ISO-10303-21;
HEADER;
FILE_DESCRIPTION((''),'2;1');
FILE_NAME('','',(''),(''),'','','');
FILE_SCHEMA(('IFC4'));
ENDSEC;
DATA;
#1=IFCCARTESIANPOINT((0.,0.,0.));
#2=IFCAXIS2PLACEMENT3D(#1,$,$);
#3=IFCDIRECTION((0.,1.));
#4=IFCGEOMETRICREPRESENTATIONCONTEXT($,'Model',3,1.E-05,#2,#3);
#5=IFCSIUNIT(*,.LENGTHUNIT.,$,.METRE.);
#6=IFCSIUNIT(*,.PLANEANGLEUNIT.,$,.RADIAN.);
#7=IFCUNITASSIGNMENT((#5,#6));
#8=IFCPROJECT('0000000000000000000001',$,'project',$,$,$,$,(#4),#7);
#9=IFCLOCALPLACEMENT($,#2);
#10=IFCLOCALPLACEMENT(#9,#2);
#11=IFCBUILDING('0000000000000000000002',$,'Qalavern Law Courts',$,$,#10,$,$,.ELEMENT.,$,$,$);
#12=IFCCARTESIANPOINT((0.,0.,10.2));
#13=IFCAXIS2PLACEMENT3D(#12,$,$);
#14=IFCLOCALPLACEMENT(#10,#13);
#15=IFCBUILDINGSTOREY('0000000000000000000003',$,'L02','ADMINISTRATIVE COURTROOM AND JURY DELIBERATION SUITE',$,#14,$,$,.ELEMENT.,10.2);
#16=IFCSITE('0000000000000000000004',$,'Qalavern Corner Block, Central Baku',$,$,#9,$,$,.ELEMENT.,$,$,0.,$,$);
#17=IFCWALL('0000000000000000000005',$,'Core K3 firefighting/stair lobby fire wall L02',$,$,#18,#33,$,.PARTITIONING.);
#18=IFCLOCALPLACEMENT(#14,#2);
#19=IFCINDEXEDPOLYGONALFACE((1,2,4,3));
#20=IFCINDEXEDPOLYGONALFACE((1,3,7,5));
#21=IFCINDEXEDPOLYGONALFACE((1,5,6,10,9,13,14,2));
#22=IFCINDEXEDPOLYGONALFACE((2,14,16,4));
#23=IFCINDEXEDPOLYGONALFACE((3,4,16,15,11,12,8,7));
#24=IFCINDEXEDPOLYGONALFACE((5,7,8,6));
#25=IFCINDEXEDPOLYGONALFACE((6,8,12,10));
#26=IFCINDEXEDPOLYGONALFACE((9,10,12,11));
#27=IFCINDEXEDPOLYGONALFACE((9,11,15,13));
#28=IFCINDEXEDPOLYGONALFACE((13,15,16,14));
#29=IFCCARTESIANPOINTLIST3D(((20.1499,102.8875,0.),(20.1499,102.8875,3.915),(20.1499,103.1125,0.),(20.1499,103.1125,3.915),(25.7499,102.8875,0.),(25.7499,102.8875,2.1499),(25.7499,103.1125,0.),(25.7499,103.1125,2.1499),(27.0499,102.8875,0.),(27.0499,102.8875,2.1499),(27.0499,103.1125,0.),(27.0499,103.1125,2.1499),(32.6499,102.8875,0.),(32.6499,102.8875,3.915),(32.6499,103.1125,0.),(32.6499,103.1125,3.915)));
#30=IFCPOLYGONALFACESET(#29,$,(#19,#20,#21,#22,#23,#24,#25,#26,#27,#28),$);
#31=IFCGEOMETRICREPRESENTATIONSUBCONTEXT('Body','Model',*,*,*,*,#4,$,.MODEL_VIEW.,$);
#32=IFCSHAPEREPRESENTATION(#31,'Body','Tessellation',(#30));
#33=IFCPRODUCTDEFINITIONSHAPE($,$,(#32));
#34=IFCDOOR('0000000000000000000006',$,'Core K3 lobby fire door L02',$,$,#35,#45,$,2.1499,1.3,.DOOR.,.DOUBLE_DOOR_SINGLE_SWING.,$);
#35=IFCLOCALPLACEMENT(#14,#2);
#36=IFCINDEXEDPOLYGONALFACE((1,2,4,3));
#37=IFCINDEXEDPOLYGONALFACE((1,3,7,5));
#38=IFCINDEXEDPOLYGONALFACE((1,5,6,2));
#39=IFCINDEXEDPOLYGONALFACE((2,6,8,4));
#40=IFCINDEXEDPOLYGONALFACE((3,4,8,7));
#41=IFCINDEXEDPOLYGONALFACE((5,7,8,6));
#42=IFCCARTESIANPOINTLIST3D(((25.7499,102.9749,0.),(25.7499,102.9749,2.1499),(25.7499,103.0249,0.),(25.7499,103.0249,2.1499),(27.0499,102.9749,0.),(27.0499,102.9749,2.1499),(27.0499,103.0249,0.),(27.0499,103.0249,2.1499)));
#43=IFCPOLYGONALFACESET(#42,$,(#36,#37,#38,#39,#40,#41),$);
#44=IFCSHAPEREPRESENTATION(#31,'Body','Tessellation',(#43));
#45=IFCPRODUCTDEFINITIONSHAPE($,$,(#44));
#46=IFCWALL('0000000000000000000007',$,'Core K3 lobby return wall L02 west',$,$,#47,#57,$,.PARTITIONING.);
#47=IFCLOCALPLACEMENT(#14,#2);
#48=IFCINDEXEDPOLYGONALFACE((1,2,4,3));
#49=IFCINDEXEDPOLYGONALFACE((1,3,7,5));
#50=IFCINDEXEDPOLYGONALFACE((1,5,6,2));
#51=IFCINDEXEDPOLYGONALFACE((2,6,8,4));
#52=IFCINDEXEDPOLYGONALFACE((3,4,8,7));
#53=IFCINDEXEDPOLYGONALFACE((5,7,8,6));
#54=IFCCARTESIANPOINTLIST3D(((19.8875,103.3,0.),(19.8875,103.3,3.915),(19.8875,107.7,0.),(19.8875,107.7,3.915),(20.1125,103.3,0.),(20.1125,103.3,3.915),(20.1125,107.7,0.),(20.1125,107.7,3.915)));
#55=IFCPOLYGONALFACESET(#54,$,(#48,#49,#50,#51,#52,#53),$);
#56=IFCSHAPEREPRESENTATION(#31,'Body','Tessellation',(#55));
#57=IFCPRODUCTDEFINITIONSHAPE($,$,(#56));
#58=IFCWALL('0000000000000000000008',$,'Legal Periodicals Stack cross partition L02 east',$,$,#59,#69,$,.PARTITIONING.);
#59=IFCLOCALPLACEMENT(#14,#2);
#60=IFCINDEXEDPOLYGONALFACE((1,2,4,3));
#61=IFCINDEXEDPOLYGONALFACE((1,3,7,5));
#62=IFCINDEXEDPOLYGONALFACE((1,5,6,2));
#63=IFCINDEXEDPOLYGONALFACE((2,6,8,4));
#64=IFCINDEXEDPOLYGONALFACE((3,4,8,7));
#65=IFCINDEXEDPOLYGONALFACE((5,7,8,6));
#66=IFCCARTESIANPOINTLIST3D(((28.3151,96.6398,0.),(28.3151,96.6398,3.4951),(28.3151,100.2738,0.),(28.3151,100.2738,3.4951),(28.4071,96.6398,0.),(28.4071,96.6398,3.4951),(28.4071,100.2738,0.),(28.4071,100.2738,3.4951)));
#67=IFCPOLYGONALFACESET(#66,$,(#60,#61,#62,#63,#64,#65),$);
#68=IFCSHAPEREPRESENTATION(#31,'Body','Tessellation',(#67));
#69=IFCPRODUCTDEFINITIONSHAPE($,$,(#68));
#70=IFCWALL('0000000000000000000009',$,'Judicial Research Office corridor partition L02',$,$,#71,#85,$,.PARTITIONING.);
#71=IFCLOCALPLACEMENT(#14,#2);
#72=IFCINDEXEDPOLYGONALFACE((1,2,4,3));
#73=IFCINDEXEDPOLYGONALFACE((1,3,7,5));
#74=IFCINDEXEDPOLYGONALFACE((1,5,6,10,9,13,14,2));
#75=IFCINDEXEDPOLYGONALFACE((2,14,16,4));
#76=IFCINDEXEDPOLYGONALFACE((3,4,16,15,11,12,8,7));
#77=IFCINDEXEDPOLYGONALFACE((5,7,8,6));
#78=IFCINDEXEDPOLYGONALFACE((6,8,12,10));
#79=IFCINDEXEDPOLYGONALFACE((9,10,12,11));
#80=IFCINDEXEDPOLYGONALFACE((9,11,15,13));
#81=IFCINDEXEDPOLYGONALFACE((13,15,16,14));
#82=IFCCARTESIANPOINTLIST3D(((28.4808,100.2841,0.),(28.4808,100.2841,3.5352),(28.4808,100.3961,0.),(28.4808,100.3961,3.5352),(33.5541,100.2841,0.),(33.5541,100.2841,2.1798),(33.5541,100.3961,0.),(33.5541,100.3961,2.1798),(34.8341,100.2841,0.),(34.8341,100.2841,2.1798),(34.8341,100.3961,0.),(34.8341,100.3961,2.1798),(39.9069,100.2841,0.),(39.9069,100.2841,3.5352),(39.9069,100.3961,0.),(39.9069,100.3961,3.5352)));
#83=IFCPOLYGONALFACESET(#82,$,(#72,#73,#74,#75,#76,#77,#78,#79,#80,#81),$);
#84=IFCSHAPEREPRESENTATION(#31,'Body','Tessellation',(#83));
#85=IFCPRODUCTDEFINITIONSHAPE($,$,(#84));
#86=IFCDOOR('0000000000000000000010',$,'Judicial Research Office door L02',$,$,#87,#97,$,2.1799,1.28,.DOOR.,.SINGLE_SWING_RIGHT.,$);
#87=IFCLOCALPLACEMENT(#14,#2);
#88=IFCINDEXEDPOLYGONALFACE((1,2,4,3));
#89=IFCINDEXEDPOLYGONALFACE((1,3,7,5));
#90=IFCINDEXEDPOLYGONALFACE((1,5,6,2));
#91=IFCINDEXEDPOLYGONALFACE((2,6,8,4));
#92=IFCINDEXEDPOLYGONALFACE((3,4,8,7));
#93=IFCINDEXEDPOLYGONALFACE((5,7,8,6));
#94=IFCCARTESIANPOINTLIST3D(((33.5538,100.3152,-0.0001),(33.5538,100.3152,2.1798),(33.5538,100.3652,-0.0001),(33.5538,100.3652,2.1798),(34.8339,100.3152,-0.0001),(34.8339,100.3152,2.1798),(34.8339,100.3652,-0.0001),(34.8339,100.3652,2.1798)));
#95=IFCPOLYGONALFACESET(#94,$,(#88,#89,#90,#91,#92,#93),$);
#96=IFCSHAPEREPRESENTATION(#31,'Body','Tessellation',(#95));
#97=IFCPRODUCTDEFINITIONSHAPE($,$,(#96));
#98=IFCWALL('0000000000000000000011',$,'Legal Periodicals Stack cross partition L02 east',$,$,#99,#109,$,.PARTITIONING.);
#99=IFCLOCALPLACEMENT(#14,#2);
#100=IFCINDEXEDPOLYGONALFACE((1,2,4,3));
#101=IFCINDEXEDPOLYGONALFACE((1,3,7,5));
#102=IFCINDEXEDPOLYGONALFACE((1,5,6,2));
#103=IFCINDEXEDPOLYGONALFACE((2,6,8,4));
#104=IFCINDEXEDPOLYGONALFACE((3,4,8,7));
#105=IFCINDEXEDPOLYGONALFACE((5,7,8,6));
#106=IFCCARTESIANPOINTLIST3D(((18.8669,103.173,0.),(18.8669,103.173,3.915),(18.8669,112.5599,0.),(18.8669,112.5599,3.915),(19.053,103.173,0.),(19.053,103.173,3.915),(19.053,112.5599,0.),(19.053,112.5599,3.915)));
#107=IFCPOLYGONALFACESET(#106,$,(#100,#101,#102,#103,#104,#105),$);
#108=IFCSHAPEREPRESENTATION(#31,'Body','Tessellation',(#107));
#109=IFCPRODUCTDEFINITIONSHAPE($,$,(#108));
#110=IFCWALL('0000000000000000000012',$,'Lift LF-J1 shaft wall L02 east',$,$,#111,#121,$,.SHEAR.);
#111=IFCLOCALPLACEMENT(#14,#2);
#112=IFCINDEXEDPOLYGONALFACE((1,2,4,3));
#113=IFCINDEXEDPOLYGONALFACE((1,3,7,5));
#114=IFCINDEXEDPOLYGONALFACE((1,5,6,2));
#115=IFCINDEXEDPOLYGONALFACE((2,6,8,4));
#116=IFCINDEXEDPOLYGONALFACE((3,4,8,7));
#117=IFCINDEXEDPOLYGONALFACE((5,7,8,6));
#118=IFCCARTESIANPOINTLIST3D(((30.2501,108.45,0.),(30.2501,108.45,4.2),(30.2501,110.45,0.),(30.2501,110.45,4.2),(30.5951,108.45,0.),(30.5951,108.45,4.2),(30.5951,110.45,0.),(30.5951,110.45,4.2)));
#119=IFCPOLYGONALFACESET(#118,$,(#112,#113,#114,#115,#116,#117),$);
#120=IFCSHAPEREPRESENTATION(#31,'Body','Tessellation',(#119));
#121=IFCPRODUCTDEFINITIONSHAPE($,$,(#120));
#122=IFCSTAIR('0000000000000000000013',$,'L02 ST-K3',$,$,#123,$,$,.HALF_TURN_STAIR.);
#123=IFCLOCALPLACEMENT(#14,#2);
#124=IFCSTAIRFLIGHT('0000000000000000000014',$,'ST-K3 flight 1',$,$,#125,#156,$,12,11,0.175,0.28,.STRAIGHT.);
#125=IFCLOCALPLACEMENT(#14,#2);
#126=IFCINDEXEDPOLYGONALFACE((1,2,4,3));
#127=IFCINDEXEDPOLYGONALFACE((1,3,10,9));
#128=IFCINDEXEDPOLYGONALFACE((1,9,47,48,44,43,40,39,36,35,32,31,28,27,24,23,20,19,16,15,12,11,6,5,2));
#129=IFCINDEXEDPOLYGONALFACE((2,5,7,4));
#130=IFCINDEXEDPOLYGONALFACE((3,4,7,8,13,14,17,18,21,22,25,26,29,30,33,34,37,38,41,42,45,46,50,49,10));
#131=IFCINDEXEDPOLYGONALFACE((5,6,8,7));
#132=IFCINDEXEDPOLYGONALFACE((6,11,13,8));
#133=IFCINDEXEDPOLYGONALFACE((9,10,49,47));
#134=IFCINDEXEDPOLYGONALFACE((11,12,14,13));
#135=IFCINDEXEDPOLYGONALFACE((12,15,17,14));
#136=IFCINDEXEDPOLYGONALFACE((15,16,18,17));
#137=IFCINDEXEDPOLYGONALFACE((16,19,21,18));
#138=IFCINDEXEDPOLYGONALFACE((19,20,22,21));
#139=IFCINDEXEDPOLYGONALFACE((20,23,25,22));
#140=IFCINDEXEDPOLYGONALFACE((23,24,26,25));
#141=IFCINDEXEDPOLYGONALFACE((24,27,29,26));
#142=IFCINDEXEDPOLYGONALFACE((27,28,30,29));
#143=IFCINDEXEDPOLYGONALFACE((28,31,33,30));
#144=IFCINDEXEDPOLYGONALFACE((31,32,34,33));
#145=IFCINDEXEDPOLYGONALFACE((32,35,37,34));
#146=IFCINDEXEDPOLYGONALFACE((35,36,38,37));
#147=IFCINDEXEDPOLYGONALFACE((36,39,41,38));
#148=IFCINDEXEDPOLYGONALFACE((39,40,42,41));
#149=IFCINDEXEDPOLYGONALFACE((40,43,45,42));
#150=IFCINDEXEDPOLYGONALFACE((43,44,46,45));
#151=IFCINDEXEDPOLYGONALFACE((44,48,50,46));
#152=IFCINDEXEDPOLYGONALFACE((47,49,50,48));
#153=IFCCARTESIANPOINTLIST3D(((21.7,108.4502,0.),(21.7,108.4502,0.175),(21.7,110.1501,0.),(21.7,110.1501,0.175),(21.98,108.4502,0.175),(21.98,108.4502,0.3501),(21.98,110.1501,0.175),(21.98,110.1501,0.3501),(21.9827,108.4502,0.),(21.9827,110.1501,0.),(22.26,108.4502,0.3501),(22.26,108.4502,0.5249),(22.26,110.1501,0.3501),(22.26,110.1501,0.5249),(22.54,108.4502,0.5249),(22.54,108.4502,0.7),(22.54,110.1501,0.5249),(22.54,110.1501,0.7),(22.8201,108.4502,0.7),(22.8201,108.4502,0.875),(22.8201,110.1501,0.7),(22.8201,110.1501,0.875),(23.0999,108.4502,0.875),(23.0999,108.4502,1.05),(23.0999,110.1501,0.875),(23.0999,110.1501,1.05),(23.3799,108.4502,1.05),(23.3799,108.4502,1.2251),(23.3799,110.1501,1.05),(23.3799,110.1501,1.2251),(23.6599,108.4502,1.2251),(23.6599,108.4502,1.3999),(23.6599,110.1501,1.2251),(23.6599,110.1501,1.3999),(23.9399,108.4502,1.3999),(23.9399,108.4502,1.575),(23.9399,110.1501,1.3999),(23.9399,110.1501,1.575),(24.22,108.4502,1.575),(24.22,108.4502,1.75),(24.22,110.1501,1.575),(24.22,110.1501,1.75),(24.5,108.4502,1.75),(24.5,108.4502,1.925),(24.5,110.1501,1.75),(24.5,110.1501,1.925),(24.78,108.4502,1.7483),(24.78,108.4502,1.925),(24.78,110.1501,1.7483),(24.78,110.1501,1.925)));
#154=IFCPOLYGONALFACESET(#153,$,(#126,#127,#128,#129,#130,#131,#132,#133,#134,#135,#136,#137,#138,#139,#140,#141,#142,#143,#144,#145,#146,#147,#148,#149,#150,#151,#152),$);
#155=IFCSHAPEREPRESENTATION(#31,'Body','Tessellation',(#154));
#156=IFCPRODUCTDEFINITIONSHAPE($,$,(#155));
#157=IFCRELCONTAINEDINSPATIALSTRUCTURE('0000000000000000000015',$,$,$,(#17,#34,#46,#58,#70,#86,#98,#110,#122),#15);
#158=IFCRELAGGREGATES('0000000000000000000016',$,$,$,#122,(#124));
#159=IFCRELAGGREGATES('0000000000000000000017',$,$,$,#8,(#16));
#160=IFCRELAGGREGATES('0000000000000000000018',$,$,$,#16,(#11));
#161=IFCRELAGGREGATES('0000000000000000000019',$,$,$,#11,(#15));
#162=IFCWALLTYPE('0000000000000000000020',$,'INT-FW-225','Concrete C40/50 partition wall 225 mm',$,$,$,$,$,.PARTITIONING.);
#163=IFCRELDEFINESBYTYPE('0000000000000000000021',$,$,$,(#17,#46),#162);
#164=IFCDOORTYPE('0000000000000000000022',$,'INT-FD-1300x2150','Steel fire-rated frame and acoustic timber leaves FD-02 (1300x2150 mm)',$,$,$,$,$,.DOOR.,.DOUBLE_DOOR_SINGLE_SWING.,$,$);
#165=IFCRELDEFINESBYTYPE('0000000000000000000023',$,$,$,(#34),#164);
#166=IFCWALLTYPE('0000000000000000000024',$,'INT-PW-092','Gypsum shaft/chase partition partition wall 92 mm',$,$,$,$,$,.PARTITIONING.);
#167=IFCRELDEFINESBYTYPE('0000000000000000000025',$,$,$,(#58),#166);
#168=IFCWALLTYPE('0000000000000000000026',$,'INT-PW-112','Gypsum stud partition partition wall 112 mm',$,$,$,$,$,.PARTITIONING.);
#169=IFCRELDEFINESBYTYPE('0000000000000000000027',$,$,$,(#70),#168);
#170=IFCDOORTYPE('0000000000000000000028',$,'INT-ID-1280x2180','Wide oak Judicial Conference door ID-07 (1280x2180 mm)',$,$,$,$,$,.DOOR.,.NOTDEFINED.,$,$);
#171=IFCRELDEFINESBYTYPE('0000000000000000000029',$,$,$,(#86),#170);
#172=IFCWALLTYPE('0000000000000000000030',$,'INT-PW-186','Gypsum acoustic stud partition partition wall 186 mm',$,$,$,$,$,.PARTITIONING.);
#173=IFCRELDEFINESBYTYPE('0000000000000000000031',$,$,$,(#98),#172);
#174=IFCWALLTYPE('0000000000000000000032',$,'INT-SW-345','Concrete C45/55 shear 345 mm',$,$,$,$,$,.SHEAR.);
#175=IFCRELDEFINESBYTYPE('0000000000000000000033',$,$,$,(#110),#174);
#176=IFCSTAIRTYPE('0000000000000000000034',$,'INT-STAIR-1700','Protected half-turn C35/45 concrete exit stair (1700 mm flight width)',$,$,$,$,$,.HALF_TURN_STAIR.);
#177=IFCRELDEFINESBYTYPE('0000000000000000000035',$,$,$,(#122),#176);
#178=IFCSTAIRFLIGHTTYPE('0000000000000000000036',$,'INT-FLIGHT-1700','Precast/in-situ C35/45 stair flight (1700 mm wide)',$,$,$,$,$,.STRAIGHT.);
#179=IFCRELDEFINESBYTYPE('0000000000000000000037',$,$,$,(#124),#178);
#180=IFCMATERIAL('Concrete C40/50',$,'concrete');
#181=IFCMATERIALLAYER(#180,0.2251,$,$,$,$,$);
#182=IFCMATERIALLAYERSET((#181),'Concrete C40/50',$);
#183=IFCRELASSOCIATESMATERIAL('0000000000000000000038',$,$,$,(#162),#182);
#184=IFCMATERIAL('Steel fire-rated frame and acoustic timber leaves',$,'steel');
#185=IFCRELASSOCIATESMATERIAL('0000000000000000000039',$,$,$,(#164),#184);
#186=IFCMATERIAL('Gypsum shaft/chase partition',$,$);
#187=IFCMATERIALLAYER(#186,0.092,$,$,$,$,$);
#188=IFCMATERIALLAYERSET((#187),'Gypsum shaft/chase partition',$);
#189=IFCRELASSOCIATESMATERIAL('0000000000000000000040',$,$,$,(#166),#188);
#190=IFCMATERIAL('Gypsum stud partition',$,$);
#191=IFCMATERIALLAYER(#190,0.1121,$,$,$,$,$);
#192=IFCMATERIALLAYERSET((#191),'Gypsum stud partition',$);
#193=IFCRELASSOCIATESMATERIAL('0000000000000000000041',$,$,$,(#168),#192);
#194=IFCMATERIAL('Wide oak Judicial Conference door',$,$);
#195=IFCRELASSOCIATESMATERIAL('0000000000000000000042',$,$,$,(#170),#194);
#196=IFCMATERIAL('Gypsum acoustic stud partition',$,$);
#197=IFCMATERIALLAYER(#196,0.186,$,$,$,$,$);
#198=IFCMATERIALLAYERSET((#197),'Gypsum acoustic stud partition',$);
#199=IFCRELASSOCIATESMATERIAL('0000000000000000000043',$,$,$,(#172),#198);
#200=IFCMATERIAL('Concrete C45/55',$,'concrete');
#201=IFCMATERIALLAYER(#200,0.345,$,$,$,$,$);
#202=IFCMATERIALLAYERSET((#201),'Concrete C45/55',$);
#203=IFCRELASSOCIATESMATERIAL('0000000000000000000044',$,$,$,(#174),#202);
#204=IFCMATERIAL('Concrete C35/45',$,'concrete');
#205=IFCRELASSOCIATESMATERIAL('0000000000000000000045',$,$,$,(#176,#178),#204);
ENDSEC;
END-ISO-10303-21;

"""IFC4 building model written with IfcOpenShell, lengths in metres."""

from ifc_helpers import new_model, si_unit, direction, frame, frame_2d, origin, place, context, subcontext, project, spatial, polyline, rectangle, outline, extrude, material, layer, layer_set, type_object, element, fill, aggregate, save


model = new_model("IFC4")

# Units and contexts
model_context = context("Model", 3, precision=1e-05, world=origin(), true_north=direction((0.0, 1.0)))
body_context = subcontext(model_context, "Body", "Model", "MODEL_VIEW")
ifc_project = project(units=[si_unit("LENGTHUNIT", "METRE"), si_unit("PLANEANGLEUNIT", "RADIAN")], contexts=[model_context])

# Site, building, storey
site_placement = place(None, origin())
site = spatial("IfcSite", under=ifc_project, at=site_placement, Name="Qalavern Corner Block, Central Baku", CompositionType="ELEMENT", RefElevation=0.0)
building_placement = place(site_placement, origin())
building = spatial("IfcBuilding", under=site, at=building_placement, Name="Qalavern Law Courts", CompositionType="ELEMENT")
storey_placement = place(building_placement, frame((0.0, 0.0, 10.2)))
storey = spatial("IfcBuildingStorey", under=building, at=storey_placement, Name="L02", Description="ADMINISTRATIVE COURTROOM AND JURY DELIBERATION SUITE", CompositionType="ELEMENT", Elevation=10.2)

# Shared definitions
ifc_material_1 = material(Name="Concrete C45/55", Category="concrete")

# Shared definitions
ifc_material_2 = material(Name="Concrete C40/50", Category="concrete")

# Wall, opening, door
ifc_layer_1 = layer(ifc_material_2, 0.2251)
ifc_layer_set_1 = layer_set([ifc_layer_1], Name="Concrete C40/50")
wall_type_1 = type_object("IfcWallType", Name="INT-FW-225", Description="Concrete C40/50 partition wall 225 mm", PredefinedType="PARTITIONING", material=ifc_layer_set_1)
wall_1_placement = place(storey_placement, frame((20.1499, 103.0, 0.0), z_axis=(0.0, 0.0, 1.0), x_axis=(1.0, 0.0, 0.0)))
wall_1 = element("IfcWall", 1, at=wall_1_placement, inside=storey, type_object=wall_type_1, Name="Core K3 firefighting/stair lobby fire wall L02", PredefinedType="PARTITIONING", context=body_context, shape_type="SweptSolid", body=[
    extrude(rectangle(XDim=12.5, YDim=0.2251, at=frame_2d((6.25, 0.0))), origin(), (0.0, 0.0, 1.0), 3.915),
])
opening_1_placement = place(wall_1_placement, frame((5.6001, 0.0, 0.0)))
opening_1 = element("IfcOpeningElement", 2, at=opening_1_placement, cuts=wall_1, PredefinedType="OPENING", context=body_context, shape_type="SweptSolid", body=[
    extrude(rectangle(XDim=1.3, YDim=2.1499, at=frame_2d((0.6499, 1.075))), frame((0.0, 0.1274, 0.0), z_axis=(0.0, -1.0, 0.0), x_axis=(1.0, 0.0, 0.0)), (0.0, 0.0, 1.0), 0.2549),
])
ifc_material_3 = material(Name="Steel fire-rated frame and acoustic timber leaves", Category="steel")
door_type_1 = type_object("IfcDoorType", Name="INT-FD-1300x2150", Description="Steel fire-rated frame and acoustic timber leaves FD-02 (1300x2150 mm)", OperationType="DOUBLE_DOOR_SINGLE_SWING", PredefinedType="DOOR", material=ifc_material_3)
door_1_placement = place(opening_1_placement, origin())
door_1 = element("IfcDoor", 3, at=door_1_placement, inside=storey, type_object=door_type_1, Name="Core K3 lobby fire door L02", OperationType="DOUBLE_DOOR_SINGLE_SWING", OverallHeight=2.1499, OverallWidth=1.3, PredefinedType="DOOR", context=body_context, shape_type="SweptSolid", body=[
    extrude(rectangle(XDim=1.3, YDim=2.1499, at=frame_2d((0.6499, 1.075))), frame((0.0, 0.0249, 0.0), z_axis=(0.0, -1.0, 0.0), x_axis=(1.0, 0.0, 0.0)), (0.0, 0.0, 1.0), 0.05),
])
fill(opening_1, door_1)

# Walls
wall_2_placement = place(storey_placement, frame((20.0, 103.3, 0.0), z_axis=(0.0, 0.0, 1.0), x_axis=(0.0, 1.0, 0.0)))
element("IfcWall", 4, at=wall_2_placement, inside=storey, type_object=wall_type_1, Name="Core K3 lobby return wall L02 west", PredefinedType="PARTITIONING", context=body_context, shape_type="SweptSolid", body=[
    extrude(rectangle(XDim=4.3999, YDim=0.2251, at=frame_2d((2.2, 0.0))), origin(), (0.0, 0.0, 1.0), 3.915),
])
ifc_material_4 = material(Name="Gypsum shaft/chase partition")
ifc_layer_2 = layer(ifc_material_4, 0.092)
ifc_layer_set_2 = layer_set([ifc_layer_2], Name="Gypsum shaft/chase partition")
wall_type_2 = type_object("IfcWallType", Name="INT-PW-092", Description="Gypsum shaft/chase partition partition wall 92 mm", PredefinedType="PARTITIONING", material=ifc_layer_set_2)
wall_3_placement = place(storey_placement, frame((28.3611, 96.6399, 0.0), z_axis=(0.0, 0.0, 1.0), x_axis=(0.0, 1.0, 0.0)))
element("IfcWall", 5, at=wall_3_placement, inside=storey, type_object=wall_type_2, Name="Legal Periodicals Stack cross partition L02 east", PredefinedType="PARTITIONING", context=body_context, shape_type="SweptSolid", body=[
    extrude(rectangle(XDim=3.634, YDim=0.092, at=frame_2d((1.8169, 0.0))), origin(), (0.0, 0.0, 1.0), 3.4951),
])

# Wall, opening, door
ifc_material_5 = material(Name="Gypsum stud partition")
ifc_layer_3 = layer(ifc_material_5, 0.1121)
ifc_layer_set_3 = layer_set([ifc_layer_3], Name="Gypsum stud partition")
wall_type_3 = type_object("IfcWallType", Name="INT-PW-112", Description="Gypsum stud partition partition wall 112 mm", PredefinedType="PARTITIONING", material=ifc_layer_set_3)
wall_4_placement = place(storey_placement, frame((28.481, 100.3401, 0.0), z_axis=(0.0, 0.0, 1.0), x_axis=(1.0, 0.0, 0.0)))
wall_4 = element("IfcWall", 6, at=wall_4_placement, inside=storey, type_object=wall_type_3, Name="Judicial Research Office corridor partition L02", PredefinedType="PARTITIONING", context=body_context, shape_type="SweptSolid", body=[
    extrude(rectangle(XDim=11.426, YDim=0.1121, at=frame_2d((5.7129, 0.0))), origin(), (0.0, 0.0, 1.0), 3.5352),
])
opening_2_placement = place(wall_4_placement, frame((5.073, 0.0, 0.0)))
opening_2 = element("IfcOpeningElement", 7, at=opening_2_placement, cuts=wall_4, PredefinedType="OPENING", context=body_context, shape_type="SweptSolid", body=[
    extrude(rectangle(XDim=1.28, YDim=2.1799, at=frame_2d((0.6401, 1.0898))), frame((0.0, 0.0708, 0.0), z_axis=(0.0, -1.0, 0.0), x_axis=(1.0, 0.0, 0.0)), (0.0, 0.0, 1.0), 0.1418),
])
ifc_material_6 = material(Name="Wide oak Judicial Conference door")
door_type_2 = type_object("IfcDoorType", Name="INT-ID-1280x2180", Description="Wide oak Judicial Conference door ID-07 (1280x2180 mm)", OperationType="NOTDEFINED", PredefinedType="DOOR", material=ifc_material_6)
door_2_placement = place(opening_2_placement, frame((1.28, 0.0, 0.0), z_axis=(0.0, 0.0, 1.0), x_axis=(-1.0, 0.0, 0.0)))
door_2 = element("IfcDoor", 8, at=door_2_placement, inside=storey, type_object=door_type_2, Name="Judicial Research Office door L02", OperationType="SINGLE_SWING_RIGHT", OverallHeight=2.1799, OverallWidth=1.28, PredefinedType="DOOR", context=body_context, shape_type="SweptSolid", body=[
    extrude(rectangle(XDim=1.28, YDim=2.1799, at=frame_2d((0.6401, 1.0898))), frame((0.0, 0.0249, 0.0), z_axis=(0.0, -1.0, 0.0), x_axis=(1.0, 0.0, 0.0)), (0.0, 0.0, 1.0), 0.05),
])
fill(opening_2, door_2)

# Wall
ifc_material_7 = material(Name="Gypsum acoustic stud partition")
ifc_layer_4 = layer(ifc_material_7, 0.186)
ifc_layer_set_4 = layer_set([ifc_layer_4], Name="Gypsum acoustic stud partition")
wall_type_4 = type_object("IfcWallType", Name="INT-PW-186", Description="Gypsum acoustic stud partition partition wall 186 mm", PredefinedType="PARTITIONING", material=ifc_layer_set_4)
wall_5_placement = place(storey_placement, frame((18.96, 103.1731, 0.0), z_axis=(0.0, 0.0, 1.0), x_axis=(0.0, 1.0, 0.0)))
element("IfcWall", 9, at=wall_5_placement, inside=storey, type_object=wall_type_4, Name="Legal Periodicals Stack cross partition L02 east", PredefinedType="PARTITIONING", context=body_context, shape_type="SweptSolid", body=[
    extrude(rectangle(XDim=9.387, YDim=0.186, at=frame_2d((4.6934, 0.0))), origin(), (0.0, 0.0, 1.0), 3.915),
])

# Shared definitions
ifc_layer_5 = layer(ifc_material_1, 0.345)
ifc_layer_set_5 = layer_set([ifc_layer_5], Name="Concrete C45/55")
wall_type_5 = type_object("IfcWallType", Name="INT-SW-345", Description="Concrete C45/55 shear 345 mm", PredefinedType="SHEAR", material=ifc_layer_set_5)

# Wall
wall_6_placement = place(storey_placement, frame((30.4226, 108.45, 0.0), z_axis=(0.0, 0.0, 1.0), x_axis=(0.0, 1.0, 0.0)))
element("IfcWall", 10, at=wall_6_placement, inside=storey, type_object=wall_type_5, Name="Lift LF-J1 shaft wall L02 east", PredefinedType="SHEAR", context=body_context, shape_type="SweptSolid", body=[
    extrude(rectangle(XDim=2.0, YDim=0.345, at=frame_2d((1.0, 0.0))), origin(), (0.0, 0.0, 1.0), 4.2),
])

# Stair, stair flight
ifc_material_8 = material(Name="Concrete C35/45", Category="concrete")
stair_type = type_object("IfcStairType", Name="INT-STAIR-1700", Description="Protected half-turn C35/45 concrete exit stair (1700 mm flight width)", PredefinedType="HALF_TURN_STAIR", material=ifc_material_8)
stair_placement = place(storey_placement, origin())
stair = element("IfcStair", 11, at=stair_placement, inside=storey, type_object=stair_type, Name="L02 ST-K3", PredefinedType="HALF_TURN_STAIR")
stair_flight_type = type_object("IfcStairFlightType", Name="INT-FLIGHT-1700", Description="Precast/in-situ C35/45 stair flight (1700 mm wide)", PredefinedType="STRAIGHT", material=ifc_material_8)
stair_flight_placement = place(storey_placement, frame((21.7, 109.3, 0.0), z_axis=(0.0, 0.0, 1.0), x_axis=(1.0, 0.0, 0.0)))
stair_flight = element("IfcStairFlight", 12, at=stair_flight_placement, type_object=stair_flight_type, Name="ST-K3 flight 1", NumberOfRisers=12, NumberOfTreads=11, PredefinedType="STRAIGHT", RiserHeight=0.175, TreadLength=0.28, context=body_context, shape_type="SweptSolid", body=[
    extrude(outline(polyline([(0.0, 0.0), (0.0, 0.175), (0.28, 0.175), (0.28, 0.3501), (0.5601, 0.3501), (0.5601, 0.5249), (0.8401, 0.5249), (0.8401, 0.7), (1.1201, 0.7), (1.1201, 0.875), (1.3999, 0.875), (1.3999, 1.05), (1.6799, 1.05), (1.6799, 1.2251), (1.96, 1.2251), (1.96, 1.3999), (2.24, 1.3999), (2.24, 1.575), (2.52, 1.575), (2.52, 1.75), (2.8, 1.75), (2.8, 1.925), (3.0801, 1.925), (3.0801, 2.1001), (3.0801, 1.7483), (0.2827, 0.0), (0.0, 0.0)])), frame((0.0, 0.8501, 0.0), z_axis=(0.0, -1.0, 0.0), x_axis=(1.0, 0.0, 0.0)), (0.0, 0.0, 1.0), 1.7),
])
aggregate(stair, [stair_flight])

save(model, "model.ifc")
